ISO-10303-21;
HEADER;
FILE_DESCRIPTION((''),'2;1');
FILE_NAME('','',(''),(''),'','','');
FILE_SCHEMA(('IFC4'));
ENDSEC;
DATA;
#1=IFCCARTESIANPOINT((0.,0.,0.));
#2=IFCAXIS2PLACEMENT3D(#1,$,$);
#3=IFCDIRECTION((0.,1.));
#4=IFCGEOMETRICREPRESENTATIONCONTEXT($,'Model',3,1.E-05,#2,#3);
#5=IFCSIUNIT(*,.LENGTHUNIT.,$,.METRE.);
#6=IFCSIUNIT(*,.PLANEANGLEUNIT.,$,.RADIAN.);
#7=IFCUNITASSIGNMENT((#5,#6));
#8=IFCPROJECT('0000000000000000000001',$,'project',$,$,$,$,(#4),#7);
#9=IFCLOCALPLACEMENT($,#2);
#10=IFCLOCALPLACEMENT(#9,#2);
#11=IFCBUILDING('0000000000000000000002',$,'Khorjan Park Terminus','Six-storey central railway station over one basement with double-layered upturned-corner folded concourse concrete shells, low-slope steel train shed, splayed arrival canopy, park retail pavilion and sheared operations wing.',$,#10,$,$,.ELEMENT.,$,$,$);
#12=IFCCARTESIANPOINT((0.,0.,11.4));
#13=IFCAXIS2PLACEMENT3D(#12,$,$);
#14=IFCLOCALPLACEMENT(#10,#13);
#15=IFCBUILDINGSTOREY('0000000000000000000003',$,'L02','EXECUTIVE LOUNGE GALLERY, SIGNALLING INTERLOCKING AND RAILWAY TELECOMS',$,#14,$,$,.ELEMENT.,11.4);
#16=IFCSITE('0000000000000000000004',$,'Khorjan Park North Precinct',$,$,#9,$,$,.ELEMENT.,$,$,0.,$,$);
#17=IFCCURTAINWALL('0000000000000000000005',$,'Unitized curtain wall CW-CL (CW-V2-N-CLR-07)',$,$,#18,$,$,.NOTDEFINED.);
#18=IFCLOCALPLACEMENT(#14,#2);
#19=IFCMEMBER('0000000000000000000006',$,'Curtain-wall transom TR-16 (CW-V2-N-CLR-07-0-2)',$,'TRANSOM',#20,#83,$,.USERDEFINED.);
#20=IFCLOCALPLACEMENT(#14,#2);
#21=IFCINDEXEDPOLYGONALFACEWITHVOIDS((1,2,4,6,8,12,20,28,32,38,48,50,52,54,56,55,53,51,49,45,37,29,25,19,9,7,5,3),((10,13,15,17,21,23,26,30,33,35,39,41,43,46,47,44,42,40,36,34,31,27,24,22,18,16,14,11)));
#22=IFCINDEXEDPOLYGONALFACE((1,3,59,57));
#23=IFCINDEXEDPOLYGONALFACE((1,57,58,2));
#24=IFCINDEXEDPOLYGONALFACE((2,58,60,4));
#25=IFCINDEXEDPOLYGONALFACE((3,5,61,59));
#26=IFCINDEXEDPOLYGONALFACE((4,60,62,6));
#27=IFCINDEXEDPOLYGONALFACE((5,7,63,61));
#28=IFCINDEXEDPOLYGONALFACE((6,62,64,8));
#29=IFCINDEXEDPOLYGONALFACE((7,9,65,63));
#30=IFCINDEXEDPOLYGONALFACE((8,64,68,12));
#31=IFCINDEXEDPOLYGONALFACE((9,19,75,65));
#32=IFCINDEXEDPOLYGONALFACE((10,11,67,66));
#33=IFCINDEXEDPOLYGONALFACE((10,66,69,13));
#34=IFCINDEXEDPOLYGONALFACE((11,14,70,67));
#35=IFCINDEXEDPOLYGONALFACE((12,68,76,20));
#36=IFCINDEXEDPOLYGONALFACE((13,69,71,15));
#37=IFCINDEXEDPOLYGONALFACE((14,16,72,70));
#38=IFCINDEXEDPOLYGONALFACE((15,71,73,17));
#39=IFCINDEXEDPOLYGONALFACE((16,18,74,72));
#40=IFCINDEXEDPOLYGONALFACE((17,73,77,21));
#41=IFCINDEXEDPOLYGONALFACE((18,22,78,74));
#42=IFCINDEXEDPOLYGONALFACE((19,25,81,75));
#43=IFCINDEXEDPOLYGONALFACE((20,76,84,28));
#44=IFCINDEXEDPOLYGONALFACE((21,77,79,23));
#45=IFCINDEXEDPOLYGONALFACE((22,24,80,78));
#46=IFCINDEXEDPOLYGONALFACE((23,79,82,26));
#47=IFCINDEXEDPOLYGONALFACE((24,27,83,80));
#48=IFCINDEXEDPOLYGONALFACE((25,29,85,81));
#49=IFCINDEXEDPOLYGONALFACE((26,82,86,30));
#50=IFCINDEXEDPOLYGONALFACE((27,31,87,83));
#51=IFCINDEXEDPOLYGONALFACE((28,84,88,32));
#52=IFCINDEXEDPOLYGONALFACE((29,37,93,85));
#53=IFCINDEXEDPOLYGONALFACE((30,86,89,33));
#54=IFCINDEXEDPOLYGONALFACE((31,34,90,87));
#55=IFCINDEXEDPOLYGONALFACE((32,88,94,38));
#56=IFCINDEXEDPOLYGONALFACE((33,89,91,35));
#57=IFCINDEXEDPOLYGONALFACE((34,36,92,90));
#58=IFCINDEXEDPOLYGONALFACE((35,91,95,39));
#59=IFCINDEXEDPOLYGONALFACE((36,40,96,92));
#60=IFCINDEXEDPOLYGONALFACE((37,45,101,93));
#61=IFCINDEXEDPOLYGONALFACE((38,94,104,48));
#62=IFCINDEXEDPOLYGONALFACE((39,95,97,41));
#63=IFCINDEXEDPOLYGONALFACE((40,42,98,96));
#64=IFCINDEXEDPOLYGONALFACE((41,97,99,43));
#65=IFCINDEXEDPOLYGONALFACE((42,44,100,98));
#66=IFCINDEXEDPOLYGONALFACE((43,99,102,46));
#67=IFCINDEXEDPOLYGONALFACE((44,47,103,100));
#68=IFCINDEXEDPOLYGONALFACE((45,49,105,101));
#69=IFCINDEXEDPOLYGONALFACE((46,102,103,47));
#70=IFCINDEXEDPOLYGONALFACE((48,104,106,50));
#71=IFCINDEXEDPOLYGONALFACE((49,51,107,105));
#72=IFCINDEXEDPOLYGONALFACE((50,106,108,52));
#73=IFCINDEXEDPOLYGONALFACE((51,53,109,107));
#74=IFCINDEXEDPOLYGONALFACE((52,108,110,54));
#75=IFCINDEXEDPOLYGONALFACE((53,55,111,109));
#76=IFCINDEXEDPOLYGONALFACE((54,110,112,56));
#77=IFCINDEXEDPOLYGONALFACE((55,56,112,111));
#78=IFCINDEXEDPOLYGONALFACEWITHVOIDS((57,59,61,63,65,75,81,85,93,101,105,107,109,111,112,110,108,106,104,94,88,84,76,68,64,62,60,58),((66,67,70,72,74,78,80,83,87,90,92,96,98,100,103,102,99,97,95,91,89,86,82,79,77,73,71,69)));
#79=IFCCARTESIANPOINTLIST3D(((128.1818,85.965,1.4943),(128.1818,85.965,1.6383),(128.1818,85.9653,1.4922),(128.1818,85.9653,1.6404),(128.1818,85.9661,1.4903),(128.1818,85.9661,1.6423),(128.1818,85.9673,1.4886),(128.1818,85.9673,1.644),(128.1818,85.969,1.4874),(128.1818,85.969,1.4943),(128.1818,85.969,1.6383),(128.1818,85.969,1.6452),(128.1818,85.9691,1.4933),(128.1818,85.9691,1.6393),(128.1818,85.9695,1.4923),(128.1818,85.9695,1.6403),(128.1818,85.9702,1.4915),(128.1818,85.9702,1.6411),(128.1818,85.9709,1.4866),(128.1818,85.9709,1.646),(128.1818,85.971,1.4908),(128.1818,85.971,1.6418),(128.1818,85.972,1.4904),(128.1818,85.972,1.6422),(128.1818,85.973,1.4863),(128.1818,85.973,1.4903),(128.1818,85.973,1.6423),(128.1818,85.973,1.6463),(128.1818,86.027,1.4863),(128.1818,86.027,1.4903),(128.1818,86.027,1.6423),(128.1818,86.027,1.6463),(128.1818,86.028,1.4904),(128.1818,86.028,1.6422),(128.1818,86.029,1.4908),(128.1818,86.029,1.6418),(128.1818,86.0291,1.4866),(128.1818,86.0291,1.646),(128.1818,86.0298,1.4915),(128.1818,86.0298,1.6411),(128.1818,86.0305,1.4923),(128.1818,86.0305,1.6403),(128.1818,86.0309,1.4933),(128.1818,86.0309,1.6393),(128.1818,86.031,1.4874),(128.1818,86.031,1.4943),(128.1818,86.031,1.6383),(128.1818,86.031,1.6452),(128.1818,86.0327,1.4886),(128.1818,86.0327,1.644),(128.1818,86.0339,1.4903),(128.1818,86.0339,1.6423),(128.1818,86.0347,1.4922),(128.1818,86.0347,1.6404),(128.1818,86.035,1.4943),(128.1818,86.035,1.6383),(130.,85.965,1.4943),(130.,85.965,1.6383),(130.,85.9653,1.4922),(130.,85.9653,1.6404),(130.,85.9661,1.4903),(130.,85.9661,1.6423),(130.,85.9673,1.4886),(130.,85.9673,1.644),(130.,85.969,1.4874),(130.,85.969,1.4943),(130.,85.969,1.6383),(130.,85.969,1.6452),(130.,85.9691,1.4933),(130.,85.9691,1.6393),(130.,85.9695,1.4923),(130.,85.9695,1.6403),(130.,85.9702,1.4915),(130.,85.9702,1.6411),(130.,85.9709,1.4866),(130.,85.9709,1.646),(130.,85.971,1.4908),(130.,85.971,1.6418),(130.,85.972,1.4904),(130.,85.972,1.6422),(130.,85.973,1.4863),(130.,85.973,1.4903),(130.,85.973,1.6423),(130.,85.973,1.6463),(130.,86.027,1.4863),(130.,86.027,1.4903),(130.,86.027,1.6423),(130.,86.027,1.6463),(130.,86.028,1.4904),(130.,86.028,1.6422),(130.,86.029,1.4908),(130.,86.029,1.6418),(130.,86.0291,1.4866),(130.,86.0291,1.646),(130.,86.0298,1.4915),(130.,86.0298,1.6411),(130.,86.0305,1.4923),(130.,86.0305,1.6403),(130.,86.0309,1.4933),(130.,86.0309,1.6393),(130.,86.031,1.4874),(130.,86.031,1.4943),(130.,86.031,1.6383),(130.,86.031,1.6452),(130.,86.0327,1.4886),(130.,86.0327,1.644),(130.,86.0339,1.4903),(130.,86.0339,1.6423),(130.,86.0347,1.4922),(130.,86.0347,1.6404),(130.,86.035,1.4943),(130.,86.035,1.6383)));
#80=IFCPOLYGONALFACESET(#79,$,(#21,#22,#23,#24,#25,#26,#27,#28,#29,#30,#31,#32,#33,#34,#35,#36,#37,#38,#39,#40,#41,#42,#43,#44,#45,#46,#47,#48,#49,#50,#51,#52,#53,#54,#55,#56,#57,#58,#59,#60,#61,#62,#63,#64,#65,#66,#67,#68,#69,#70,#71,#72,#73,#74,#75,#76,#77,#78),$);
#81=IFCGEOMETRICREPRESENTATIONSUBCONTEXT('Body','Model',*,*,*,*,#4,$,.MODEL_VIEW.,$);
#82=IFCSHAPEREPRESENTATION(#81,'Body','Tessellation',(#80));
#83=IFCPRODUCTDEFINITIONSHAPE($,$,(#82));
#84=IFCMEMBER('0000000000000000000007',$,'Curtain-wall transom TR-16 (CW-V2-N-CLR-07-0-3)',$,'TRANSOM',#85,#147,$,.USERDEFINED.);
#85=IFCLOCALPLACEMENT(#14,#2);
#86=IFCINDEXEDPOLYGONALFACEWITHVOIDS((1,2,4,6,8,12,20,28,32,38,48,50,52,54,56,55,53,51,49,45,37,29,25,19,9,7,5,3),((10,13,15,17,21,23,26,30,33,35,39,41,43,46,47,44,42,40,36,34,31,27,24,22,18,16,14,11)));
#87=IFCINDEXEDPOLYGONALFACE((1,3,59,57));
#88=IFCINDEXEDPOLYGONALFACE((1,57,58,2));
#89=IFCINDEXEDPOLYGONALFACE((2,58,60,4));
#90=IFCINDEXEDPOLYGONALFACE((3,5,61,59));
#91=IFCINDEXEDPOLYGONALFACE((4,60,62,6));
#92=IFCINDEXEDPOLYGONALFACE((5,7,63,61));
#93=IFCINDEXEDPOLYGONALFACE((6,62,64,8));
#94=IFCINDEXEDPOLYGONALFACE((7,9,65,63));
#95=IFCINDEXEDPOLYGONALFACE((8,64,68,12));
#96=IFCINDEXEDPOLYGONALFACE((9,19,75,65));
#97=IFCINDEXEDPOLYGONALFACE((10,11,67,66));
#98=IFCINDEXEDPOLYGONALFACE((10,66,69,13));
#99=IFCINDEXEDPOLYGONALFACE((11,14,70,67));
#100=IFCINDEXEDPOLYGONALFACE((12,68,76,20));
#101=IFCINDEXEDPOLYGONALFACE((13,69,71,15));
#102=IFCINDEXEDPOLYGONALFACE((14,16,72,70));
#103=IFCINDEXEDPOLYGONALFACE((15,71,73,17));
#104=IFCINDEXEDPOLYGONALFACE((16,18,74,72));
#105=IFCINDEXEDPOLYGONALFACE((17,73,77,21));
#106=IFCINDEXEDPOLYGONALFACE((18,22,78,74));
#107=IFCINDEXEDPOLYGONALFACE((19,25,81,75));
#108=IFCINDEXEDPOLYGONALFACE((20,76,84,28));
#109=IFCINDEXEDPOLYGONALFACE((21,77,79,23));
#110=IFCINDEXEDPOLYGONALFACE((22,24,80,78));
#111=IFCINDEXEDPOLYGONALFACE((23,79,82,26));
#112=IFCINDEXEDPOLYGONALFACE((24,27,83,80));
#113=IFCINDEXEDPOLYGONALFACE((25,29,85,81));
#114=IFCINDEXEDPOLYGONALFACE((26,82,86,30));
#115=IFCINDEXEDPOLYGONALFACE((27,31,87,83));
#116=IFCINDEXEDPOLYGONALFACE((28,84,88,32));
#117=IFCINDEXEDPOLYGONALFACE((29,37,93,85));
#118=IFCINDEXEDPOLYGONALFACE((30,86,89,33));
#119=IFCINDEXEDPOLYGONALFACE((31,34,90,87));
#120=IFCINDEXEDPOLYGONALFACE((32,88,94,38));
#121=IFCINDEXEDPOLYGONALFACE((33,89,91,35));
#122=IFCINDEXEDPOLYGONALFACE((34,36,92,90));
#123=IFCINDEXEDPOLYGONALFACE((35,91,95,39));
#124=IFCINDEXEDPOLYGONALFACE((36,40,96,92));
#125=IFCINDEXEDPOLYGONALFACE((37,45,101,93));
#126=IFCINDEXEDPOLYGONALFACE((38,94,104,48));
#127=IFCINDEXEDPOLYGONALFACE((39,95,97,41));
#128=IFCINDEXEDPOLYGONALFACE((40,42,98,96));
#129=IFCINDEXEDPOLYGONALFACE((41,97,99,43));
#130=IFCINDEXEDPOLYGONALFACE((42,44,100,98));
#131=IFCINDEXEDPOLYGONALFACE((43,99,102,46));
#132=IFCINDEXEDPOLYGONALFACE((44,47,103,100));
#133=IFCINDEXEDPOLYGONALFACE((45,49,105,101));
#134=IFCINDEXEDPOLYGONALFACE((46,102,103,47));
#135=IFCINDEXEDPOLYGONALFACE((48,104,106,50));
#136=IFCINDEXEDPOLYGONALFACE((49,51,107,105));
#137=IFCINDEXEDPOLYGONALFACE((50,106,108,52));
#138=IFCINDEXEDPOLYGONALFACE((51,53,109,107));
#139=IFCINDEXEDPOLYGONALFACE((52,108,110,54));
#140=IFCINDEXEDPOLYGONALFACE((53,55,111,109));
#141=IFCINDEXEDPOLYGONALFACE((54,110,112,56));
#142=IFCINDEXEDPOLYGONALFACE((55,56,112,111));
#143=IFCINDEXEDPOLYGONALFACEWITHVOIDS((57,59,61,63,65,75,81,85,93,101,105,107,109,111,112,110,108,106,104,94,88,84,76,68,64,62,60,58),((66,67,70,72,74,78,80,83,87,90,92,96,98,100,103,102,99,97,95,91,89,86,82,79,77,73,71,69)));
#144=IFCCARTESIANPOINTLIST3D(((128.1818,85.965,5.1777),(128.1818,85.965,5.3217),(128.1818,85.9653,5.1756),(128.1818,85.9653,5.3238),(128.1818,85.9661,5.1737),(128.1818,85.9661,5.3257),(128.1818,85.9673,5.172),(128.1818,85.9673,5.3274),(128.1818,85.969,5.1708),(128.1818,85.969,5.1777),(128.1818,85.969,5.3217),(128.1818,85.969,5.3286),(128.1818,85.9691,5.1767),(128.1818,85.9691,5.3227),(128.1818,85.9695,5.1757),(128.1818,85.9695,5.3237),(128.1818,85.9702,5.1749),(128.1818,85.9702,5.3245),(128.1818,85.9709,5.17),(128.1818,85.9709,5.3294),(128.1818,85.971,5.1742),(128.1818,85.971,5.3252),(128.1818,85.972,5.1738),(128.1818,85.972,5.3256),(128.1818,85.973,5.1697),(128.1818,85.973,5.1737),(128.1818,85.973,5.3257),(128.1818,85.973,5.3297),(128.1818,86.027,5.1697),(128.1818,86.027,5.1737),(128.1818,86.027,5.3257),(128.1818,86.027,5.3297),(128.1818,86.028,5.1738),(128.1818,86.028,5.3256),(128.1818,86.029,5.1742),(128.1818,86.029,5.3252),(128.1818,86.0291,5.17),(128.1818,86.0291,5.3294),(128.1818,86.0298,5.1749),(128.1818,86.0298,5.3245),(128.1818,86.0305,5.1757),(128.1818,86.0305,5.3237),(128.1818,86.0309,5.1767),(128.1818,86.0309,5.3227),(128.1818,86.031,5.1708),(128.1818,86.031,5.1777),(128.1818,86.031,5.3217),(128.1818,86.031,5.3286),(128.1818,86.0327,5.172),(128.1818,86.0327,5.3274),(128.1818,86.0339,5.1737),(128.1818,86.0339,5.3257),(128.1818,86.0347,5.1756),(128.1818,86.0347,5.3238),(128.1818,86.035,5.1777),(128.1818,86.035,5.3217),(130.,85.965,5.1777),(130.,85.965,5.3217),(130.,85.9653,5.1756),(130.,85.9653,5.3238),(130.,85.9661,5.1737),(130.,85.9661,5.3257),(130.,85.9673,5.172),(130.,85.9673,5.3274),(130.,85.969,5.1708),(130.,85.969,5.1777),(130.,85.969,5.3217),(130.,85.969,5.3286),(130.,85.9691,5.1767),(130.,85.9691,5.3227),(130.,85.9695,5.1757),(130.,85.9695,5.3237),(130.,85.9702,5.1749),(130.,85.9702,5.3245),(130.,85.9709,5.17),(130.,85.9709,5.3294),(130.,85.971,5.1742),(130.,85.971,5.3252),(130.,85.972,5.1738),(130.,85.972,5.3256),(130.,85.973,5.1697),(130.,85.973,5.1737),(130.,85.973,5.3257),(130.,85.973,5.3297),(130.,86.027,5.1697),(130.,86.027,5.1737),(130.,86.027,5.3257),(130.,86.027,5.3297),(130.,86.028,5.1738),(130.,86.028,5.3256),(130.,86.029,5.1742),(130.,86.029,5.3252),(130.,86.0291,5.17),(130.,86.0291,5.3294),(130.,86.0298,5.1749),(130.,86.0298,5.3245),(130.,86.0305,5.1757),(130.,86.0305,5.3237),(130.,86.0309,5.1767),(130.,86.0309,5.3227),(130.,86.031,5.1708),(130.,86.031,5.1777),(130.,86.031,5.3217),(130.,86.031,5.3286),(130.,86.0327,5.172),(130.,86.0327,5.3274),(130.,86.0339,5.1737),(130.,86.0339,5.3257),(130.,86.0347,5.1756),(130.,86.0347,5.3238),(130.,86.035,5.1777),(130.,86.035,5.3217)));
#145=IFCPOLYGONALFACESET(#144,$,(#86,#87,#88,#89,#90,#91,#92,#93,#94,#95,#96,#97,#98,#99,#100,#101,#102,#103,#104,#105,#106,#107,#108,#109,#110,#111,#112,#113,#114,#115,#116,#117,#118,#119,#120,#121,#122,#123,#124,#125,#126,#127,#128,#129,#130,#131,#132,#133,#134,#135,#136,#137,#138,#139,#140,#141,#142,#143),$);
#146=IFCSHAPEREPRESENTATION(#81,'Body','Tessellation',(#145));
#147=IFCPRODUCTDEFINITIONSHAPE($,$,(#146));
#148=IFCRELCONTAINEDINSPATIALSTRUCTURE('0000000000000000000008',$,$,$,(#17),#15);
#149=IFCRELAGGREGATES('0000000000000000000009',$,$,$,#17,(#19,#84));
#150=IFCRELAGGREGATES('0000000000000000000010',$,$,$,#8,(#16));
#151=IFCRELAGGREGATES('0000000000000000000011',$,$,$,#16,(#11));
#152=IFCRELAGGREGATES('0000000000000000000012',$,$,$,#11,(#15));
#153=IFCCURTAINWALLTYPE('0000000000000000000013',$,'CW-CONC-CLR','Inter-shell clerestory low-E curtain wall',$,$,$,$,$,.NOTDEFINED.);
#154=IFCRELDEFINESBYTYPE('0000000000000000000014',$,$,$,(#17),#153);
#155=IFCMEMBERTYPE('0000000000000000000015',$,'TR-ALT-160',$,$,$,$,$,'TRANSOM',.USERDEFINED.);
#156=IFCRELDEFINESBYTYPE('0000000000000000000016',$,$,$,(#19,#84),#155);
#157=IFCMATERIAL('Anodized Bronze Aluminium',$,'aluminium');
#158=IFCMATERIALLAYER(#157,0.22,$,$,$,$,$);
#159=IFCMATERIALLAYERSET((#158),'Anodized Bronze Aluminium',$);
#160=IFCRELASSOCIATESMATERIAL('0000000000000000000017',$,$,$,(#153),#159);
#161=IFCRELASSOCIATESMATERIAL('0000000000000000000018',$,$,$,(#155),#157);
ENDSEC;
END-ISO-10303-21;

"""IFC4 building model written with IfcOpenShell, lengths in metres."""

from ifc_helpers import new_model, si_unit, direction, frame, origin, origin_2d, place, context, subcontext, project, spatial, hollow_rectangle, extrude, material, layer, layer_set, material_profile, profile_set, type_object, element, aggregate, save


model = new_model("IFC4")

# Units and contexts
model_context = context("Model", 3, precision=1e-05, world=origin(), true_north=direction((0.0, 1.0)))
body_context = subcontext(model_context, "Body", "Model", "MODEL_VIEW")
ifc_project = project(units=[si_unit("LENGTHUNIT", "METRE"), si_unit("PLANEANGLEUNIT", "RADIAN")], contexts=[model_context])

# Site, building, storey
site_placement = place(None, origin())
site = spatial("IfcSite", under=ifc_project, at=site_placement, Name="Khorjan Park North Precinct", CompositionType="ELEMENT", RefElevation=0.0)
building_placement = place(site_placement, origin())
building = spatial("IfcBuilding", under=site, at=building_placement, Name="Khorjan Park Terminus", Description="Six-storey central railway station over one basement with double-layered upturned-corner folded concourse concrete shells, low-slope steel train shed, splayed arrival canopy, park retail pavilion and sheared operations wing.", CompositionType="ELEMENT")
storey_placement = place(building_placement, frame((0.0, 0.0, 11.4)))
storey = spatial("IfcBuildingStorey", under=building, at=storey_placement, Name="L02", Description="EXECUTIVE LOUNGE GALLERY, SIGNALLING INTERLOCKING AND RAILWAY TELECOMS", CompositionType="ELEMENT", Elevation=11.4)

# Shared definitions
ifc_material_1 = material(Name="Anodized Bronze Aluminium", Category="aluminium")
ifc_layer_1 = layer(ifc_material_1, 0.22)
ifc_layer_set_1 = layer_set([ifc_layer_1], Name="Anodized Bronze Aluminium")
curtain_wall_type = type_object("IfcCurtainWallType", Name="CW-CONC-CLR", Description="Inter-shell clerestory low-E curtain wall", PredefinedType="NOTDEFINED", material=ifc_layer_set_1)

# Curtain wall, members
curtain_wall_1_placement = place(storey_placement, origin())
curtain_wall_1 = element("IfcCurtainWall", 1, at=curtain_wall_1_placement, inside=storey, type_object=curtain_wall_type, Name="Unitized curtain wall CW-CL (CW-V2-N-CLR-07)", PredefinedType="NOTDEFINED")
ifc_material_profile_1 = material_profile(ifc_material_1, hollow_rectangle(XDim=0.07, YDim=0.16, WallThickness=0.004, InnerFilletRadius=0.004, OuterFilletRadius=0.008, at=origin_2d()), Name="ALT 70x160x4")
ifc_profile_set_1 = profile_set([ifc_material_profile_1], Name="Anodized Bronze Aluminium")
member_type_1 = type_object("IfcMemberType", Name="TR-ALT-160", ElementType="TRANSOM", PredefinedType="USERDEFINED", material=ifc_profile_set_1)
member_1_placement = place(storey_placement, frame((130.0, 86.0, 1.5663), z_axis=(-1.0, 0.0, 0.0), x_axis=(0.0, -1.0, 0.0)))
member_1 = element("IfcMember", 2, at=member_1_placement, type_object=member_type_1, Name="Curtain-wall transom TR-16 (CW-V2-N-CLR-07-0-2)", ObjectType="TRANSOM", PredefinedType="USERDEFINED", context=body_context, shape_type="SweptSolid", body=[
    extrude(hollow_rectangle(XDim=0.07, YDim=0.16, WallThickness=0.004, InnerFilletRadius=0.004, OuterFilletRadius=0.008, at=origin_2d()), origin(), (0.0, 0.0, 1.0), 1.8182),
])
member_2_placement = place(storey_placement, frame((130.0, 86.0, 5.2497), z_axis=(-1.0, 0.0, 0.0), x_axis=(0.0, -1.0, 0.0)))
member_2 = element("IfcMember", 3, at=member_2_placement, type_object=member_type_1, Name="Curtain-wall transom TR-16 (CW-V2-N-CLR-07-0-3)", ObjectType="TRANSOM", PredefinedType="USERDEFINED", context=body_context, shape_type="SweptSolid", body=[
    extrude(hollow_rectangle(XDim=0.07, YDim=0.16, WallThickness=0.004, InnerFilletRadius=0.004, OuterFilletRadius=0.008, at=origin_2d()), origin(), (0.0, 0.0, 1.0), 1.8182),
])

aggregate(curtain_wall_1, [member_1, member_2])

save(model, "model.ifc")
